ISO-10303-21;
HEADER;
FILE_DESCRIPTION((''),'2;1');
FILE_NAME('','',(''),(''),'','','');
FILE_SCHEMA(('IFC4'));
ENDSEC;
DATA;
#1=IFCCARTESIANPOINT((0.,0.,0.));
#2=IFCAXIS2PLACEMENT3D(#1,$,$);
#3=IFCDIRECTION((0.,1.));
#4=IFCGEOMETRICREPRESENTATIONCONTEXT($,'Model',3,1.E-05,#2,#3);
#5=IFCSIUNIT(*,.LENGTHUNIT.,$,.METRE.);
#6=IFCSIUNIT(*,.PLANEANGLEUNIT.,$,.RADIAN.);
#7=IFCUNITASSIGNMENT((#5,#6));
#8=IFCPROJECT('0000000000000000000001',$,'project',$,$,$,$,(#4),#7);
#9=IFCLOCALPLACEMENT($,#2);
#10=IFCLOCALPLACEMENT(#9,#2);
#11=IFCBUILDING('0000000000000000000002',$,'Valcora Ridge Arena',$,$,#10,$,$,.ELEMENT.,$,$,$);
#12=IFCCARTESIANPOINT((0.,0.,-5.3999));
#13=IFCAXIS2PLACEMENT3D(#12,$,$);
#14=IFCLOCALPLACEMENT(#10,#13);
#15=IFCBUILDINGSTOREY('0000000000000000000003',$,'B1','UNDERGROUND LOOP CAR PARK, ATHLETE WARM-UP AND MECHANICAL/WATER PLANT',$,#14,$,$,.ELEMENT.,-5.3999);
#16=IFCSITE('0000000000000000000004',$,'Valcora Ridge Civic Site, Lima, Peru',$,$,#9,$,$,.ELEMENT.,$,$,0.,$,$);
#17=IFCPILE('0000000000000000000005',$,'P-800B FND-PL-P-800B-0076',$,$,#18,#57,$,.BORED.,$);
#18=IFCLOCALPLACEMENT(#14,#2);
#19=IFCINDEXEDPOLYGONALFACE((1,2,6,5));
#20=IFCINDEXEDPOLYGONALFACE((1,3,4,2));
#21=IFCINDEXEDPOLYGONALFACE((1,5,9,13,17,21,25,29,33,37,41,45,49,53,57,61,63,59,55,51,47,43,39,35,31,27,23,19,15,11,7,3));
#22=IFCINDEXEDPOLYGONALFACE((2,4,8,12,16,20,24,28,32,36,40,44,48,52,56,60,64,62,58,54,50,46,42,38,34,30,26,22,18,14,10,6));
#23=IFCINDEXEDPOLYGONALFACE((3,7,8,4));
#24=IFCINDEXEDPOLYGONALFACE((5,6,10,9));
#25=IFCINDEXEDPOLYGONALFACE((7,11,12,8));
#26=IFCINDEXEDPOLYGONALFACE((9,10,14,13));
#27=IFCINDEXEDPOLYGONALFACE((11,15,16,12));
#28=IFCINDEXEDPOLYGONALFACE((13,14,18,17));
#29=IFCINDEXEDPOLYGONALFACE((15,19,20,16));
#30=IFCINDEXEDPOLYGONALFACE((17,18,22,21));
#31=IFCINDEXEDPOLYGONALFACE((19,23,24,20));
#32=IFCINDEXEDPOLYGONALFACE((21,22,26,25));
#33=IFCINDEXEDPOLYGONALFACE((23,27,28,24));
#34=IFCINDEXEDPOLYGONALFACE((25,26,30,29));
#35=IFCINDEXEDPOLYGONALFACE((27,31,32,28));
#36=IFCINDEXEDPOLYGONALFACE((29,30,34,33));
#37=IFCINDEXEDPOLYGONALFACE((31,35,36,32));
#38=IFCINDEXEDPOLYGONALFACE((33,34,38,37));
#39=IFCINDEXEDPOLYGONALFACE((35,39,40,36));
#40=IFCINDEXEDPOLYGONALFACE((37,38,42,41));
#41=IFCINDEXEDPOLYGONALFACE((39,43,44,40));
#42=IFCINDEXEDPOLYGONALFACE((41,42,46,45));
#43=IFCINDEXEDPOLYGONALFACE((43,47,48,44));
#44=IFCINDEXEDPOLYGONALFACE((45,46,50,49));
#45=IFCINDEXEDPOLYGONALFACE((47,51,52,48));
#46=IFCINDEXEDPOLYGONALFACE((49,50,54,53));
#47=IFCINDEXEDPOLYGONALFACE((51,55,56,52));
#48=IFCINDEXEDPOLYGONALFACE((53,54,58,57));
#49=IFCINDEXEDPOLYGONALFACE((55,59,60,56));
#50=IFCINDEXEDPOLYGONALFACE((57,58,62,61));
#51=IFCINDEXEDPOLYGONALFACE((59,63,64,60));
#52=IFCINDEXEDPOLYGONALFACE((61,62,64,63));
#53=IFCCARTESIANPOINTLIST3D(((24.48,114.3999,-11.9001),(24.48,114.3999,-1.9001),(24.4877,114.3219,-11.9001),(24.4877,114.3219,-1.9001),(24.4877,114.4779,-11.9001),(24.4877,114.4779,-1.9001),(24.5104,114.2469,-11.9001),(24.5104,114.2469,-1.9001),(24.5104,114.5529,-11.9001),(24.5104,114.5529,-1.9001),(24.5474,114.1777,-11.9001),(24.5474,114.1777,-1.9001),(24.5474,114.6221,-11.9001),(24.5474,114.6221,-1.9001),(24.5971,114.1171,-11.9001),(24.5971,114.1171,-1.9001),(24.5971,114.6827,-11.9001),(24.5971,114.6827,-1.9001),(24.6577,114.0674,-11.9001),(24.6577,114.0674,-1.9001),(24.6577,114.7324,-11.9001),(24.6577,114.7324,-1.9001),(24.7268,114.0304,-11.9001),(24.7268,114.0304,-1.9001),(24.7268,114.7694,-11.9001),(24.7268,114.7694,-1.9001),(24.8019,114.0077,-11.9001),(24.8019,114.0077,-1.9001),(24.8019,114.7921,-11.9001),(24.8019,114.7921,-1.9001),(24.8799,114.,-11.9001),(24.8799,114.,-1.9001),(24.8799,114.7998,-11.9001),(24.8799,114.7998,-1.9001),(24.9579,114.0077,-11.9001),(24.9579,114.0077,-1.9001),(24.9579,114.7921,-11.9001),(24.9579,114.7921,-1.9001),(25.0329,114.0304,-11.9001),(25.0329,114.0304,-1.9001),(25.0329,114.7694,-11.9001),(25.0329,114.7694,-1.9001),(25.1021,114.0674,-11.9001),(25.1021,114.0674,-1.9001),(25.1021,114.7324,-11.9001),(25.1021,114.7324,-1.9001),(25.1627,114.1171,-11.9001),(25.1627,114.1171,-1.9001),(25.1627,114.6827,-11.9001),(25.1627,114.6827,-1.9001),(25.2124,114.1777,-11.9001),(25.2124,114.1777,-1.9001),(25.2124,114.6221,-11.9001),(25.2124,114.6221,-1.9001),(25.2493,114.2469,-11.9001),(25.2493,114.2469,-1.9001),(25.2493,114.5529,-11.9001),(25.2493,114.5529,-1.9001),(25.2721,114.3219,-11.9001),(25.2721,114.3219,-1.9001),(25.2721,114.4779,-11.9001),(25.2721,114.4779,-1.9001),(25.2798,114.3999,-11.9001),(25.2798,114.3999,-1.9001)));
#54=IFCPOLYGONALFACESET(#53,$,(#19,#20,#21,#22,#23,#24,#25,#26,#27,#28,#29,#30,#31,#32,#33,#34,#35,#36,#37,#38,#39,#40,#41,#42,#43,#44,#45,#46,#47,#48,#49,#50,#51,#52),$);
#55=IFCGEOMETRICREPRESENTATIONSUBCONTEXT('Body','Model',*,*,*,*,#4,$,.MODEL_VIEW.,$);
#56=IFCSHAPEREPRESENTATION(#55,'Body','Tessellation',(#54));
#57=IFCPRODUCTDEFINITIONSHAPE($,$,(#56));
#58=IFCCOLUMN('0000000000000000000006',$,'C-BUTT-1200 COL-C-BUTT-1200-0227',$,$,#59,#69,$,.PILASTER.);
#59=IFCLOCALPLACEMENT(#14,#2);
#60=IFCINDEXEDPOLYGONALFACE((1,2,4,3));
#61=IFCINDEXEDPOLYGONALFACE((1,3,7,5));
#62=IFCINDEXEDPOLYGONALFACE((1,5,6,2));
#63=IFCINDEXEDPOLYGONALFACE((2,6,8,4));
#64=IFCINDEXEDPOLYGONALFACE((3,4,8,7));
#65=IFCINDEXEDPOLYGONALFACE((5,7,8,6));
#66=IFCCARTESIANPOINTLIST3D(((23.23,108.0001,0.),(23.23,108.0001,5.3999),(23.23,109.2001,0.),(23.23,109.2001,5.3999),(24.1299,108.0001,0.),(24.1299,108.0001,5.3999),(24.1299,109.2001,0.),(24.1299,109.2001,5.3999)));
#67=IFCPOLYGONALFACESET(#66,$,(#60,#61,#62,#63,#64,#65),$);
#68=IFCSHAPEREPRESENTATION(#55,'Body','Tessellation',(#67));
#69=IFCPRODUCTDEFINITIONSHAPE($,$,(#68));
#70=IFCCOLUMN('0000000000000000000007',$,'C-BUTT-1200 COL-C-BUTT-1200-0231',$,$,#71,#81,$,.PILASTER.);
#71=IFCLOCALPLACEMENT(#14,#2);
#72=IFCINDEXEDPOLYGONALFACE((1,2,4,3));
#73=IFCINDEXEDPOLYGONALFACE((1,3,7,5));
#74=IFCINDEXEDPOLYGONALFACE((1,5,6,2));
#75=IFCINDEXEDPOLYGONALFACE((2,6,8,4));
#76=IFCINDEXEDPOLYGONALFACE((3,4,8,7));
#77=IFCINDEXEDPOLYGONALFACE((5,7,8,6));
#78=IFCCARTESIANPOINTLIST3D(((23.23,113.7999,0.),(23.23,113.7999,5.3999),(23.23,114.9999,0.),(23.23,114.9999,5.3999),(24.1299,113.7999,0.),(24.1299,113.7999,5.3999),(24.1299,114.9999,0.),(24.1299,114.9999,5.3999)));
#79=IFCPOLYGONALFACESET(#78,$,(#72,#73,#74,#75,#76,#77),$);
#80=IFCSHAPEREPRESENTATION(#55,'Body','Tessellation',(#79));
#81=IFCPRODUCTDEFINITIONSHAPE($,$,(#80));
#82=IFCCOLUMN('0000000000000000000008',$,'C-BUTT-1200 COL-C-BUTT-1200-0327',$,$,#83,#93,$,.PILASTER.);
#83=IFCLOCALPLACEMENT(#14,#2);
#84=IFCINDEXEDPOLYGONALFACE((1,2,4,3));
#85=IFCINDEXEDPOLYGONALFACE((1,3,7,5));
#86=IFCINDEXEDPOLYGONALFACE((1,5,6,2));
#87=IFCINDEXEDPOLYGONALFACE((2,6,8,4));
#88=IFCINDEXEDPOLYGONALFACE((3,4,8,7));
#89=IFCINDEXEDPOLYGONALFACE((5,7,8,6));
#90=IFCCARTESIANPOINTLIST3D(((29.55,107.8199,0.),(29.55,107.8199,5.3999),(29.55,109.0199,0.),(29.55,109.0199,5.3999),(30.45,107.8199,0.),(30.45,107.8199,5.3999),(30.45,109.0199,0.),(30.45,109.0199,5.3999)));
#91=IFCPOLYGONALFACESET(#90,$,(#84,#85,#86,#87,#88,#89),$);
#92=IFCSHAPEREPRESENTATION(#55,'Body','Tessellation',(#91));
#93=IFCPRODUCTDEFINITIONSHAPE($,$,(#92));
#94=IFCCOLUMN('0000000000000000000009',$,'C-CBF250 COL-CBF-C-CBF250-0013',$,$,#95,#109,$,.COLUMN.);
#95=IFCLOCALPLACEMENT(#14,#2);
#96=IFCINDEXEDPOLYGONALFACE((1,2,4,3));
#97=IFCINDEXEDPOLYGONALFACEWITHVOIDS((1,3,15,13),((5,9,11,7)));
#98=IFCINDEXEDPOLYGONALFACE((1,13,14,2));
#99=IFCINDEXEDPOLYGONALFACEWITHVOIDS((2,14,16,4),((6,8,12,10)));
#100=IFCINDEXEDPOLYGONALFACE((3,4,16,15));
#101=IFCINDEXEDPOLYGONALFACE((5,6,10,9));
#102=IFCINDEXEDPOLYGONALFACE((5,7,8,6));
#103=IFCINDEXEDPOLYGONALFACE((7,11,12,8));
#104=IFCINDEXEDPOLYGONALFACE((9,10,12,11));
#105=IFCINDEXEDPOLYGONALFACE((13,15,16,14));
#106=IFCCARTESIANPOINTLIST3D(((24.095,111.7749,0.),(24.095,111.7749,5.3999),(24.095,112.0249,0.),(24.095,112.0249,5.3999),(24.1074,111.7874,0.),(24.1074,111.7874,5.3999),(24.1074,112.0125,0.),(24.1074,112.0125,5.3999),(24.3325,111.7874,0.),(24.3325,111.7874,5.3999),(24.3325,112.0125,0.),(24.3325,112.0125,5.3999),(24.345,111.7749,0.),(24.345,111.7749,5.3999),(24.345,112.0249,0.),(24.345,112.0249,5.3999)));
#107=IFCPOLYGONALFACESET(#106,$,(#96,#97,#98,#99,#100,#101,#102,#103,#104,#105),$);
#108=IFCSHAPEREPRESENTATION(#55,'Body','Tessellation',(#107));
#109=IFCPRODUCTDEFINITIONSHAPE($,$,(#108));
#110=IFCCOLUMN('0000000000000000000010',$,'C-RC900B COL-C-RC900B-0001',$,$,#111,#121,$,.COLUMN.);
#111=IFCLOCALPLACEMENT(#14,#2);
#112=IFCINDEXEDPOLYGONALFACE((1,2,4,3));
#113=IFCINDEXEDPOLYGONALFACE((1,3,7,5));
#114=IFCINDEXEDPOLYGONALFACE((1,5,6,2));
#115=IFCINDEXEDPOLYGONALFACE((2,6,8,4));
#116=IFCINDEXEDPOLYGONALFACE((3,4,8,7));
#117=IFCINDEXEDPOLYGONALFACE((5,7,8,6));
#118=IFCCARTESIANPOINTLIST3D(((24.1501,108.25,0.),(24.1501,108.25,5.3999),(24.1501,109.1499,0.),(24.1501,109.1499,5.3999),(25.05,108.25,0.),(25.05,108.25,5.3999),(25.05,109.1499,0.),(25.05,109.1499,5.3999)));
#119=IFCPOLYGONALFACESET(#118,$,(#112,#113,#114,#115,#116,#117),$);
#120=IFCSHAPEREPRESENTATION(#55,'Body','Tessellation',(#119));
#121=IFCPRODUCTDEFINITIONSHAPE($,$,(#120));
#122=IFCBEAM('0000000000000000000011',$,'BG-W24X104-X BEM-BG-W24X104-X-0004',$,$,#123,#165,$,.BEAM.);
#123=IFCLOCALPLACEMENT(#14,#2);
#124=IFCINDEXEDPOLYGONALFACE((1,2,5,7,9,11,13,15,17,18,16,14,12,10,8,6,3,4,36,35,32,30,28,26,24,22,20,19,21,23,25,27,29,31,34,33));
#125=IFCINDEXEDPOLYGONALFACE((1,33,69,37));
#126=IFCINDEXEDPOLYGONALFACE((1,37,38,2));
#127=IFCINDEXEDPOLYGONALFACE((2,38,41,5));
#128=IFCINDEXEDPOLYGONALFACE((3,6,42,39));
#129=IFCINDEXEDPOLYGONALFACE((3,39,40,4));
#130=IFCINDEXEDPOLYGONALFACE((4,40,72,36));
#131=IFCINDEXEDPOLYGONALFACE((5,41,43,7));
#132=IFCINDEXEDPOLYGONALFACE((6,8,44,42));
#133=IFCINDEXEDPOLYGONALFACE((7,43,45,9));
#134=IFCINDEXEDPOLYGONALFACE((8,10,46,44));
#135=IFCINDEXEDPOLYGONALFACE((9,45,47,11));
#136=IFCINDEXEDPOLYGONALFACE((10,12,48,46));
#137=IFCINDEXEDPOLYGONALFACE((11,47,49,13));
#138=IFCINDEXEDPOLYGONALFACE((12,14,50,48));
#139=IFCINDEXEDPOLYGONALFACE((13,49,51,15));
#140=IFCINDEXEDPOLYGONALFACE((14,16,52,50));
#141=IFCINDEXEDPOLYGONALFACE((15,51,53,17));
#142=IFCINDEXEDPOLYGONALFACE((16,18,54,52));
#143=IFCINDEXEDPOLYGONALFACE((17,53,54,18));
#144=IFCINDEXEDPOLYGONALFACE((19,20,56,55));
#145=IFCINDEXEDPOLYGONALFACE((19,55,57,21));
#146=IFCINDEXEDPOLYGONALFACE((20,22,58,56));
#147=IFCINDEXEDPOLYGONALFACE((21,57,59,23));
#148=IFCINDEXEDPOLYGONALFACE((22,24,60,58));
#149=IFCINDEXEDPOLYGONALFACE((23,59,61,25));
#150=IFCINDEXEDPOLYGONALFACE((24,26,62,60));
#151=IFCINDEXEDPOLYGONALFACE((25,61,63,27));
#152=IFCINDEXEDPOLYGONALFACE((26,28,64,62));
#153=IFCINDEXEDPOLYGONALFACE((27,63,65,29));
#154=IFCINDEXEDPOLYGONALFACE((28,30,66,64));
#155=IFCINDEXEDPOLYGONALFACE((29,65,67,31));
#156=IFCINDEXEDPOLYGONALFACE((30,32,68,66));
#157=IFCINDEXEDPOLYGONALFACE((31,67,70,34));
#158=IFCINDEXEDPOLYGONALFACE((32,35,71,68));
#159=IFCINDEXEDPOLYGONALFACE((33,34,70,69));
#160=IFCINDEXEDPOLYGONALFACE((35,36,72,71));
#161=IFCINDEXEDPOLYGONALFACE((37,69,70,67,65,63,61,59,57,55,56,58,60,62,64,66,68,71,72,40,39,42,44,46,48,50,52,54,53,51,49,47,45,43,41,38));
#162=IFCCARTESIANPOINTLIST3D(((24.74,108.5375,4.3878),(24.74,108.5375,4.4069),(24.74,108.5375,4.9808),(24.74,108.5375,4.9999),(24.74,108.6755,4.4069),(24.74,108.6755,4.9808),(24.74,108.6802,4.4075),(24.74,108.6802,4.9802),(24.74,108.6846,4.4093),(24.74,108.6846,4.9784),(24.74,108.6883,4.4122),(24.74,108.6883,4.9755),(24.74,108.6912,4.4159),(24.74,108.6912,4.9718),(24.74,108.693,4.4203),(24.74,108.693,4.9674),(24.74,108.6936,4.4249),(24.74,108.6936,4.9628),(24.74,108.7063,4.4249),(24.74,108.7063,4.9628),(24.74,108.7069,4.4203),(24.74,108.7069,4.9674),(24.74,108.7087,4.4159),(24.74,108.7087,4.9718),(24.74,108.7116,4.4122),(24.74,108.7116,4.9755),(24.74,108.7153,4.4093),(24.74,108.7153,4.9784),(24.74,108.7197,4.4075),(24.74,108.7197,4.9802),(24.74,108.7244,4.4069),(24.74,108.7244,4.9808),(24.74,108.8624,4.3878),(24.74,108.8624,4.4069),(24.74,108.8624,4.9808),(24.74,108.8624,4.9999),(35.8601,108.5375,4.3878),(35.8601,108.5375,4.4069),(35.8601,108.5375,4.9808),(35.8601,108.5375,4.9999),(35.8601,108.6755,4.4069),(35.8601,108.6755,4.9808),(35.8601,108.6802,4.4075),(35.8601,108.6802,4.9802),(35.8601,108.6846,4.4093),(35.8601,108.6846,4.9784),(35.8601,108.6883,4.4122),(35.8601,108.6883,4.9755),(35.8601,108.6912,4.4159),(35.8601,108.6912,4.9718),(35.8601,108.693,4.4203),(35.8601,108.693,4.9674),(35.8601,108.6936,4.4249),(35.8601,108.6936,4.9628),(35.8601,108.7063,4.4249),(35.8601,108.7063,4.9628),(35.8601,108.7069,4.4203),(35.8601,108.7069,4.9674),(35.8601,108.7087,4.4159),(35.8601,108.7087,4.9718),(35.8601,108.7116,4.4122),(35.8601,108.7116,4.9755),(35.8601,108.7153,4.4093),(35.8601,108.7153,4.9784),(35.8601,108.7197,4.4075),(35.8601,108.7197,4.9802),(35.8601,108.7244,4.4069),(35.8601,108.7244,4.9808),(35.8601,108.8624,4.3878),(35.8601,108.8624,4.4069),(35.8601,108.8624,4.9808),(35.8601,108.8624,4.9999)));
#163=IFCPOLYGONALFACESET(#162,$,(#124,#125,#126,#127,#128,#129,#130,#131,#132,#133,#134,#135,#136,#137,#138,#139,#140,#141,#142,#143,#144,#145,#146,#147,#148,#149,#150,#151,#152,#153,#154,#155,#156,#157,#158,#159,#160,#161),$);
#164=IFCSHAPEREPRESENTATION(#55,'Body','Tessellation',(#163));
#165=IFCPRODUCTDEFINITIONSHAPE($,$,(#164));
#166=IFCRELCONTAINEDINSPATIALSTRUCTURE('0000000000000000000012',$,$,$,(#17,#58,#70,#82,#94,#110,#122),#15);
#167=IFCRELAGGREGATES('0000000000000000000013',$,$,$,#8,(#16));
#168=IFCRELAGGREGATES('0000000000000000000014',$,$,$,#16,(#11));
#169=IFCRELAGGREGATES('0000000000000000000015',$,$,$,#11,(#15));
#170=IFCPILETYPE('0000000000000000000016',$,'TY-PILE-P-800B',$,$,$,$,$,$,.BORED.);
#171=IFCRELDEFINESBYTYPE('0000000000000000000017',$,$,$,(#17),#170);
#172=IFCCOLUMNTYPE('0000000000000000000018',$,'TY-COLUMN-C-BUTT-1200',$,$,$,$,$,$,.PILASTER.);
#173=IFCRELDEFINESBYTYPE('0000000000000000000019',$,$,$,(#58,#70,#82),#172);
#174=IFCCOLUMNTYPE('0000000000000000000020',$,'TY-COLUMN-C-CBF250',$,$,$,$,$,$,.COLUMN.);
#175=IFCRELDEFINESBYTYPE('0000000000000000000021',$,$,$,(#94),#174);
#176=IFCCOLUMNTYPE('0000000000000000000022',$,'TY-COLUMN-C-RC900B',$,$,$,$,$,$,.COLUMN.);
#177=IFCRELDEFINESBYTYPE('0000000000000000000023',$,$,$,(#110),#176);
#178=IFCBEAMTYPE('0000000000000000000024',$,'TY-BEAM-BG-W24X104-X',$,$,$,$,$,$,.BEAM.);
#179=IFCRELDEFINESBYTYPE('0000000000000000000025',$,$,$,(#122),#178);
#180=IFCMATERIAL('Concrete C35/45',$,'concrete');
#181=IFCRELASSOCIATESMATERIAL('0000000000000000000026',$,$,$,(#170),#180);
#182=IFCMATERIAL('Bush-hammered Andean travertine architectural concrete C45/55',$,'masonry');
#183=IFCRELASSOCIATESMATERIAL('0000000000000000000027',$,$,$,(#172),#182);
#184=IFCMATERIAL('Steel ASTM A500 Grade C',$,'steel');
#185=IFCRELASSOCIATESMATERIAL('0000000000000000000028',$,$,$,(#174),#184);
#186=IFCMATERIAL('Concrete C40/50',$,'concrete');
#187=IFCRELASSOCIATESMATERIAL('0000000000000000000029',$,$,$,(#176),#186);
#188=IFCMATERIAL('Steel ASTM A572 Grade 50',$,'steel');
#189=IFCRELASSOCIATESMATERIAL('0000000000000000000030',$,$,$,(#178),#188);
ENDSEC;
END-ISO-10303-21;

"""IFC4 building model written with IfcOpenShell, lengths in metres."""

from ifc_helpers import new_model, si_unit, direction, frame, origin, origin_2d, place, context, subcontext, project, spatial, rectangle, hollow_rectangle, circle, i_section, extrude, material, material_profile, profile_set, type_object, element, save


model = new_model("IFC4")

# Units and contexts
model_context = context("Model", 3, precision=1e-05, world=origin(), true_north=direction((0.0, 1.0)))
body_context = subcontext(model_context, "Body", "Model", "MODEL_VIEW")
ifc_project = project(units=[si_unit("LENGTHUNIT", "METRE"), si_unit("PLANEANGLEUNIT", "RADIAN")], contexts=[model_context])

# Site, building, storey
site_placement = place(None, origin())
site = spatial("IfcSite", under=ifc_project, at=site_placement, Name="Valcora Ridge Civic Site, Lima, Peru", CompositionType="ELEMENT", RefElevation=0.0)
building_placement = place(site_placement, origin())
building = spatial("IfcBuilding", under=site, at=building_placement, Name="Valcora Ridge Arena", CompositionType="ELEMENT")
storey_placement = place(building_placement, frame((0.0, 0.0, -5.3999)))
storey = spatial("IfcBuildingStorey", under=building, at=storey_placement, Name="B1", Description="UNDERGROUND LOOP CAR PARK, ATHLETE WARM-UP AND MECHANICAL/WATER PLANT", CompositionType="ELEMENT", Elevation=-5.3999)

# Shared definitions
ifc_material_1 = material(Name="Concrete C40/50", Category="concrete")

# Pile
ifc_material_2 = material(Name="Concrete C35/45", Category="concrete")
ifc_material_profile_1 = material_profile(ifc_material_2, circle(Radius=0.3999, at=origin_2d()), Name="BORED PILE D800")
ifc_profile_set_1 = profile_set([ifc_material_profile_1], Name="Concrete C35/45")
pile_type_1 = type_object("IfcPileType", Name="TY-PILE-P-800B", PredefinedType="BORED", material=ifc_profile_set_1)
for number, where, z_axis, x_axis, name in (
    (1, (24.8799, 114.3999, -1.9001), (0.0, 0.0, -1.0), (1.0, 0.0, 0.0), "P-800B FND-PL-P-800B-0076"),
):
    element("IfcPile", number, at=place(storey_placement, frame(where, z_axis=z_axis, x_axis=x_axis)), inside=storey, type_object=pile_type_1, Name=name, PredefinedType="BORED", context=body_context, shape_type="SweptSolid", body=[
        extrude(circle(Radius=0.3999, at=origin_2d()), origin(), (0.0, 0.0, 1.0), 10.0),
    ])

# Columns
ifc_material_3 = material(Name="Bush-hammered Andean travertine architectural concrete C45/55", Category="masonry")
ifc_material_profile_2 = material_profile(ifc_material_3, rectangle(XDim=0.8999, YDim=1.2, at=origin_2d()), Name="RC 900x1200")
ifc_profile_set_2 = profile_set([ifc_material_profile_2], Name="Bush-hammered Andean travertine architectural concrete C45/55")
column_type_1 = type_object("IfcColumnType", Name="TY-COLUMN-C-BUTT-1200", PredefinedType="PILASTER", material=ifc_profile_set_2)
for number, where, z_axis, x_axis, name in (
    (2, (23.6799, 108.6001, 0.0), (0.0, 0.0, 1.0), (1.0, 0.0, 0.0), "C-BUTT-1200 COL-C-BUTT-1200-0227"),
    (3, (23.6799, 114.3999, 0.0), (0.0, 0.0, 1.0), (1.0, 0.0, 0.0), "C-BUTT-1200 COL-C-BUTT-1200-0231"),
    (4, (30.0, 108.4199, 0.0), (0.0, 0.0, 1.0), (1.0, 0.0, 0.0), "C-BUTT-1200 COL-C-BUTT-1200-0327"),
):
    element("IfcColumn", number, at=place(storey_placement, frame(where, z_axis=z_axis, x_axis=x_axis)), inside=storey, type_object=column_type_1, Name=name, PredefinedType="PILASTER", context=body_context, shape_type="SweptSolid", body=[
        extrude(rectangle(XDim=0.8999, YDim=1.2, at=origin_2d()), origin(), (0.0, 0.0, 1.0), 5.3999),
    ])
ifc_material_4 = material(Name="Steel ASTM A500 Grade C", Category="steel")
ifc_material_profile_3 = material_profile(ifc_material_4, hollow_rectangle(XDim=0.25, YDim=0.25, WallThickness=0.0125, at=origin_2d()), Name="HSS250X250X12")
ifc_profile_set_3 = profile_set([ifc_material_profile_3], Name="Steel ASTM A500 Grade C")
column_type_2 = type_object("IfcColumnType", Name="TY-COLUMN-C-CBF250", PredefinedType="COLUMN", material=ifc_profile_set_3)
column_1_placement = place(storey_placement, frame((24.22, 111.8999, 0.0), z_axis=(0.0, 0.0, 1.0), x_axis=(1.0, 0.0, 0.0)))
element("IfcColumn", 5, at=column_1_placement, inside=storey, type_object=column_type_2, Name="C-CBF250 COL-CBF-C-CBF250-0013", PredefinedType="COLUMN", context=body_context, shape_type="SweptSolid", body=[
    extrude(hollow_rectangle(XDim=0.25, YDim=0.25, WallThickness=0.0125, at=origin_2d()), origin(), (0.0, 0.0, 1.0), 5.3999),
])
ifc_material_profile_4 = material_profile(ifc_material_1, rectangle(XDim=0.8999, YDim=0.8999, at=origin_2d()), Name="RC 900x900")
ifc_profile_set_4 = profile_set([ifc_material_profile_4], Name="Concrete C40/50")
column_type_3 = type_object("IfcColumnType", Name="TY-COLUMN-C-RC900B", PredefinedType="COLUMN", material=ifc_profile_set_4)
column_2_placement = place(storey_placement, frame((24.6001, 108.7, 0.0), z_axis=(0.0, 0.0, 1.0), x_axis=(1.0, 0.0, 0.0)))
element("IfcColumn", 6, at=column_2_placement, inside=storey, type_object=column_type_3, Name="C-RC900B COL-C-RC900B-0001", PredefinedType="COLUMN", context=body_context, shape_type="SweptSolid", body=[
    extrude(rectangle(XDim=0.8999, YDim=0.8999, at=origin_2d()), origin(), (0.0, 0.0, 1.0), 5.3999),
])

# Beam
ifc_material_5 = material(Name="Steel ASTM A572 Grade 50", Category="steel")
ifc_material_profile_5 = material_profile(ifc_material_5, i_section(OverallWidth=0.325, OverallDepth=0.6121, WebThickness=0.0127, FlangeThickness=0.019, FilletRadius=0.0181, at=origin_2d()), Name="W24X104")
ifc_profile_set_5 = profile_set([ifc_material_profile_5], Name="Steel ASTM A572 Grade 50")
beam_type_1 = type_object("IfcBeamType", Name="TY-BEAM-BG-W24X104-X", PredefinedType="BEAM", material=ifc_profile_set_5)
beam_1_placement = place(storey_placement, frame((24.74, 108.7, 4.6938), z_axis=(1.0, 0.0, 0.0), x_axis=(0.0, 1.0, 0.0)))
element("IfcBeam", 7, at=beam_1_placement, inside=storey, type_object=beam_type_1, Name="BG-W24X104-X BEM-BG-W24X104-X-0004", PredefinedType="BEAM", context=body_context, shape_type="SweptSolid", body=[
    extrude(i_section(OverallWidth=0.325, OverallDepth=0.6121, WebThickness=0.0127, FlangeThickness=0.019, FilletRadius=0.0181, at=origin_2d()), origin(), (0.0, 0.0, 1.0), 11.1201),
])

save(model, "model.ifc")
